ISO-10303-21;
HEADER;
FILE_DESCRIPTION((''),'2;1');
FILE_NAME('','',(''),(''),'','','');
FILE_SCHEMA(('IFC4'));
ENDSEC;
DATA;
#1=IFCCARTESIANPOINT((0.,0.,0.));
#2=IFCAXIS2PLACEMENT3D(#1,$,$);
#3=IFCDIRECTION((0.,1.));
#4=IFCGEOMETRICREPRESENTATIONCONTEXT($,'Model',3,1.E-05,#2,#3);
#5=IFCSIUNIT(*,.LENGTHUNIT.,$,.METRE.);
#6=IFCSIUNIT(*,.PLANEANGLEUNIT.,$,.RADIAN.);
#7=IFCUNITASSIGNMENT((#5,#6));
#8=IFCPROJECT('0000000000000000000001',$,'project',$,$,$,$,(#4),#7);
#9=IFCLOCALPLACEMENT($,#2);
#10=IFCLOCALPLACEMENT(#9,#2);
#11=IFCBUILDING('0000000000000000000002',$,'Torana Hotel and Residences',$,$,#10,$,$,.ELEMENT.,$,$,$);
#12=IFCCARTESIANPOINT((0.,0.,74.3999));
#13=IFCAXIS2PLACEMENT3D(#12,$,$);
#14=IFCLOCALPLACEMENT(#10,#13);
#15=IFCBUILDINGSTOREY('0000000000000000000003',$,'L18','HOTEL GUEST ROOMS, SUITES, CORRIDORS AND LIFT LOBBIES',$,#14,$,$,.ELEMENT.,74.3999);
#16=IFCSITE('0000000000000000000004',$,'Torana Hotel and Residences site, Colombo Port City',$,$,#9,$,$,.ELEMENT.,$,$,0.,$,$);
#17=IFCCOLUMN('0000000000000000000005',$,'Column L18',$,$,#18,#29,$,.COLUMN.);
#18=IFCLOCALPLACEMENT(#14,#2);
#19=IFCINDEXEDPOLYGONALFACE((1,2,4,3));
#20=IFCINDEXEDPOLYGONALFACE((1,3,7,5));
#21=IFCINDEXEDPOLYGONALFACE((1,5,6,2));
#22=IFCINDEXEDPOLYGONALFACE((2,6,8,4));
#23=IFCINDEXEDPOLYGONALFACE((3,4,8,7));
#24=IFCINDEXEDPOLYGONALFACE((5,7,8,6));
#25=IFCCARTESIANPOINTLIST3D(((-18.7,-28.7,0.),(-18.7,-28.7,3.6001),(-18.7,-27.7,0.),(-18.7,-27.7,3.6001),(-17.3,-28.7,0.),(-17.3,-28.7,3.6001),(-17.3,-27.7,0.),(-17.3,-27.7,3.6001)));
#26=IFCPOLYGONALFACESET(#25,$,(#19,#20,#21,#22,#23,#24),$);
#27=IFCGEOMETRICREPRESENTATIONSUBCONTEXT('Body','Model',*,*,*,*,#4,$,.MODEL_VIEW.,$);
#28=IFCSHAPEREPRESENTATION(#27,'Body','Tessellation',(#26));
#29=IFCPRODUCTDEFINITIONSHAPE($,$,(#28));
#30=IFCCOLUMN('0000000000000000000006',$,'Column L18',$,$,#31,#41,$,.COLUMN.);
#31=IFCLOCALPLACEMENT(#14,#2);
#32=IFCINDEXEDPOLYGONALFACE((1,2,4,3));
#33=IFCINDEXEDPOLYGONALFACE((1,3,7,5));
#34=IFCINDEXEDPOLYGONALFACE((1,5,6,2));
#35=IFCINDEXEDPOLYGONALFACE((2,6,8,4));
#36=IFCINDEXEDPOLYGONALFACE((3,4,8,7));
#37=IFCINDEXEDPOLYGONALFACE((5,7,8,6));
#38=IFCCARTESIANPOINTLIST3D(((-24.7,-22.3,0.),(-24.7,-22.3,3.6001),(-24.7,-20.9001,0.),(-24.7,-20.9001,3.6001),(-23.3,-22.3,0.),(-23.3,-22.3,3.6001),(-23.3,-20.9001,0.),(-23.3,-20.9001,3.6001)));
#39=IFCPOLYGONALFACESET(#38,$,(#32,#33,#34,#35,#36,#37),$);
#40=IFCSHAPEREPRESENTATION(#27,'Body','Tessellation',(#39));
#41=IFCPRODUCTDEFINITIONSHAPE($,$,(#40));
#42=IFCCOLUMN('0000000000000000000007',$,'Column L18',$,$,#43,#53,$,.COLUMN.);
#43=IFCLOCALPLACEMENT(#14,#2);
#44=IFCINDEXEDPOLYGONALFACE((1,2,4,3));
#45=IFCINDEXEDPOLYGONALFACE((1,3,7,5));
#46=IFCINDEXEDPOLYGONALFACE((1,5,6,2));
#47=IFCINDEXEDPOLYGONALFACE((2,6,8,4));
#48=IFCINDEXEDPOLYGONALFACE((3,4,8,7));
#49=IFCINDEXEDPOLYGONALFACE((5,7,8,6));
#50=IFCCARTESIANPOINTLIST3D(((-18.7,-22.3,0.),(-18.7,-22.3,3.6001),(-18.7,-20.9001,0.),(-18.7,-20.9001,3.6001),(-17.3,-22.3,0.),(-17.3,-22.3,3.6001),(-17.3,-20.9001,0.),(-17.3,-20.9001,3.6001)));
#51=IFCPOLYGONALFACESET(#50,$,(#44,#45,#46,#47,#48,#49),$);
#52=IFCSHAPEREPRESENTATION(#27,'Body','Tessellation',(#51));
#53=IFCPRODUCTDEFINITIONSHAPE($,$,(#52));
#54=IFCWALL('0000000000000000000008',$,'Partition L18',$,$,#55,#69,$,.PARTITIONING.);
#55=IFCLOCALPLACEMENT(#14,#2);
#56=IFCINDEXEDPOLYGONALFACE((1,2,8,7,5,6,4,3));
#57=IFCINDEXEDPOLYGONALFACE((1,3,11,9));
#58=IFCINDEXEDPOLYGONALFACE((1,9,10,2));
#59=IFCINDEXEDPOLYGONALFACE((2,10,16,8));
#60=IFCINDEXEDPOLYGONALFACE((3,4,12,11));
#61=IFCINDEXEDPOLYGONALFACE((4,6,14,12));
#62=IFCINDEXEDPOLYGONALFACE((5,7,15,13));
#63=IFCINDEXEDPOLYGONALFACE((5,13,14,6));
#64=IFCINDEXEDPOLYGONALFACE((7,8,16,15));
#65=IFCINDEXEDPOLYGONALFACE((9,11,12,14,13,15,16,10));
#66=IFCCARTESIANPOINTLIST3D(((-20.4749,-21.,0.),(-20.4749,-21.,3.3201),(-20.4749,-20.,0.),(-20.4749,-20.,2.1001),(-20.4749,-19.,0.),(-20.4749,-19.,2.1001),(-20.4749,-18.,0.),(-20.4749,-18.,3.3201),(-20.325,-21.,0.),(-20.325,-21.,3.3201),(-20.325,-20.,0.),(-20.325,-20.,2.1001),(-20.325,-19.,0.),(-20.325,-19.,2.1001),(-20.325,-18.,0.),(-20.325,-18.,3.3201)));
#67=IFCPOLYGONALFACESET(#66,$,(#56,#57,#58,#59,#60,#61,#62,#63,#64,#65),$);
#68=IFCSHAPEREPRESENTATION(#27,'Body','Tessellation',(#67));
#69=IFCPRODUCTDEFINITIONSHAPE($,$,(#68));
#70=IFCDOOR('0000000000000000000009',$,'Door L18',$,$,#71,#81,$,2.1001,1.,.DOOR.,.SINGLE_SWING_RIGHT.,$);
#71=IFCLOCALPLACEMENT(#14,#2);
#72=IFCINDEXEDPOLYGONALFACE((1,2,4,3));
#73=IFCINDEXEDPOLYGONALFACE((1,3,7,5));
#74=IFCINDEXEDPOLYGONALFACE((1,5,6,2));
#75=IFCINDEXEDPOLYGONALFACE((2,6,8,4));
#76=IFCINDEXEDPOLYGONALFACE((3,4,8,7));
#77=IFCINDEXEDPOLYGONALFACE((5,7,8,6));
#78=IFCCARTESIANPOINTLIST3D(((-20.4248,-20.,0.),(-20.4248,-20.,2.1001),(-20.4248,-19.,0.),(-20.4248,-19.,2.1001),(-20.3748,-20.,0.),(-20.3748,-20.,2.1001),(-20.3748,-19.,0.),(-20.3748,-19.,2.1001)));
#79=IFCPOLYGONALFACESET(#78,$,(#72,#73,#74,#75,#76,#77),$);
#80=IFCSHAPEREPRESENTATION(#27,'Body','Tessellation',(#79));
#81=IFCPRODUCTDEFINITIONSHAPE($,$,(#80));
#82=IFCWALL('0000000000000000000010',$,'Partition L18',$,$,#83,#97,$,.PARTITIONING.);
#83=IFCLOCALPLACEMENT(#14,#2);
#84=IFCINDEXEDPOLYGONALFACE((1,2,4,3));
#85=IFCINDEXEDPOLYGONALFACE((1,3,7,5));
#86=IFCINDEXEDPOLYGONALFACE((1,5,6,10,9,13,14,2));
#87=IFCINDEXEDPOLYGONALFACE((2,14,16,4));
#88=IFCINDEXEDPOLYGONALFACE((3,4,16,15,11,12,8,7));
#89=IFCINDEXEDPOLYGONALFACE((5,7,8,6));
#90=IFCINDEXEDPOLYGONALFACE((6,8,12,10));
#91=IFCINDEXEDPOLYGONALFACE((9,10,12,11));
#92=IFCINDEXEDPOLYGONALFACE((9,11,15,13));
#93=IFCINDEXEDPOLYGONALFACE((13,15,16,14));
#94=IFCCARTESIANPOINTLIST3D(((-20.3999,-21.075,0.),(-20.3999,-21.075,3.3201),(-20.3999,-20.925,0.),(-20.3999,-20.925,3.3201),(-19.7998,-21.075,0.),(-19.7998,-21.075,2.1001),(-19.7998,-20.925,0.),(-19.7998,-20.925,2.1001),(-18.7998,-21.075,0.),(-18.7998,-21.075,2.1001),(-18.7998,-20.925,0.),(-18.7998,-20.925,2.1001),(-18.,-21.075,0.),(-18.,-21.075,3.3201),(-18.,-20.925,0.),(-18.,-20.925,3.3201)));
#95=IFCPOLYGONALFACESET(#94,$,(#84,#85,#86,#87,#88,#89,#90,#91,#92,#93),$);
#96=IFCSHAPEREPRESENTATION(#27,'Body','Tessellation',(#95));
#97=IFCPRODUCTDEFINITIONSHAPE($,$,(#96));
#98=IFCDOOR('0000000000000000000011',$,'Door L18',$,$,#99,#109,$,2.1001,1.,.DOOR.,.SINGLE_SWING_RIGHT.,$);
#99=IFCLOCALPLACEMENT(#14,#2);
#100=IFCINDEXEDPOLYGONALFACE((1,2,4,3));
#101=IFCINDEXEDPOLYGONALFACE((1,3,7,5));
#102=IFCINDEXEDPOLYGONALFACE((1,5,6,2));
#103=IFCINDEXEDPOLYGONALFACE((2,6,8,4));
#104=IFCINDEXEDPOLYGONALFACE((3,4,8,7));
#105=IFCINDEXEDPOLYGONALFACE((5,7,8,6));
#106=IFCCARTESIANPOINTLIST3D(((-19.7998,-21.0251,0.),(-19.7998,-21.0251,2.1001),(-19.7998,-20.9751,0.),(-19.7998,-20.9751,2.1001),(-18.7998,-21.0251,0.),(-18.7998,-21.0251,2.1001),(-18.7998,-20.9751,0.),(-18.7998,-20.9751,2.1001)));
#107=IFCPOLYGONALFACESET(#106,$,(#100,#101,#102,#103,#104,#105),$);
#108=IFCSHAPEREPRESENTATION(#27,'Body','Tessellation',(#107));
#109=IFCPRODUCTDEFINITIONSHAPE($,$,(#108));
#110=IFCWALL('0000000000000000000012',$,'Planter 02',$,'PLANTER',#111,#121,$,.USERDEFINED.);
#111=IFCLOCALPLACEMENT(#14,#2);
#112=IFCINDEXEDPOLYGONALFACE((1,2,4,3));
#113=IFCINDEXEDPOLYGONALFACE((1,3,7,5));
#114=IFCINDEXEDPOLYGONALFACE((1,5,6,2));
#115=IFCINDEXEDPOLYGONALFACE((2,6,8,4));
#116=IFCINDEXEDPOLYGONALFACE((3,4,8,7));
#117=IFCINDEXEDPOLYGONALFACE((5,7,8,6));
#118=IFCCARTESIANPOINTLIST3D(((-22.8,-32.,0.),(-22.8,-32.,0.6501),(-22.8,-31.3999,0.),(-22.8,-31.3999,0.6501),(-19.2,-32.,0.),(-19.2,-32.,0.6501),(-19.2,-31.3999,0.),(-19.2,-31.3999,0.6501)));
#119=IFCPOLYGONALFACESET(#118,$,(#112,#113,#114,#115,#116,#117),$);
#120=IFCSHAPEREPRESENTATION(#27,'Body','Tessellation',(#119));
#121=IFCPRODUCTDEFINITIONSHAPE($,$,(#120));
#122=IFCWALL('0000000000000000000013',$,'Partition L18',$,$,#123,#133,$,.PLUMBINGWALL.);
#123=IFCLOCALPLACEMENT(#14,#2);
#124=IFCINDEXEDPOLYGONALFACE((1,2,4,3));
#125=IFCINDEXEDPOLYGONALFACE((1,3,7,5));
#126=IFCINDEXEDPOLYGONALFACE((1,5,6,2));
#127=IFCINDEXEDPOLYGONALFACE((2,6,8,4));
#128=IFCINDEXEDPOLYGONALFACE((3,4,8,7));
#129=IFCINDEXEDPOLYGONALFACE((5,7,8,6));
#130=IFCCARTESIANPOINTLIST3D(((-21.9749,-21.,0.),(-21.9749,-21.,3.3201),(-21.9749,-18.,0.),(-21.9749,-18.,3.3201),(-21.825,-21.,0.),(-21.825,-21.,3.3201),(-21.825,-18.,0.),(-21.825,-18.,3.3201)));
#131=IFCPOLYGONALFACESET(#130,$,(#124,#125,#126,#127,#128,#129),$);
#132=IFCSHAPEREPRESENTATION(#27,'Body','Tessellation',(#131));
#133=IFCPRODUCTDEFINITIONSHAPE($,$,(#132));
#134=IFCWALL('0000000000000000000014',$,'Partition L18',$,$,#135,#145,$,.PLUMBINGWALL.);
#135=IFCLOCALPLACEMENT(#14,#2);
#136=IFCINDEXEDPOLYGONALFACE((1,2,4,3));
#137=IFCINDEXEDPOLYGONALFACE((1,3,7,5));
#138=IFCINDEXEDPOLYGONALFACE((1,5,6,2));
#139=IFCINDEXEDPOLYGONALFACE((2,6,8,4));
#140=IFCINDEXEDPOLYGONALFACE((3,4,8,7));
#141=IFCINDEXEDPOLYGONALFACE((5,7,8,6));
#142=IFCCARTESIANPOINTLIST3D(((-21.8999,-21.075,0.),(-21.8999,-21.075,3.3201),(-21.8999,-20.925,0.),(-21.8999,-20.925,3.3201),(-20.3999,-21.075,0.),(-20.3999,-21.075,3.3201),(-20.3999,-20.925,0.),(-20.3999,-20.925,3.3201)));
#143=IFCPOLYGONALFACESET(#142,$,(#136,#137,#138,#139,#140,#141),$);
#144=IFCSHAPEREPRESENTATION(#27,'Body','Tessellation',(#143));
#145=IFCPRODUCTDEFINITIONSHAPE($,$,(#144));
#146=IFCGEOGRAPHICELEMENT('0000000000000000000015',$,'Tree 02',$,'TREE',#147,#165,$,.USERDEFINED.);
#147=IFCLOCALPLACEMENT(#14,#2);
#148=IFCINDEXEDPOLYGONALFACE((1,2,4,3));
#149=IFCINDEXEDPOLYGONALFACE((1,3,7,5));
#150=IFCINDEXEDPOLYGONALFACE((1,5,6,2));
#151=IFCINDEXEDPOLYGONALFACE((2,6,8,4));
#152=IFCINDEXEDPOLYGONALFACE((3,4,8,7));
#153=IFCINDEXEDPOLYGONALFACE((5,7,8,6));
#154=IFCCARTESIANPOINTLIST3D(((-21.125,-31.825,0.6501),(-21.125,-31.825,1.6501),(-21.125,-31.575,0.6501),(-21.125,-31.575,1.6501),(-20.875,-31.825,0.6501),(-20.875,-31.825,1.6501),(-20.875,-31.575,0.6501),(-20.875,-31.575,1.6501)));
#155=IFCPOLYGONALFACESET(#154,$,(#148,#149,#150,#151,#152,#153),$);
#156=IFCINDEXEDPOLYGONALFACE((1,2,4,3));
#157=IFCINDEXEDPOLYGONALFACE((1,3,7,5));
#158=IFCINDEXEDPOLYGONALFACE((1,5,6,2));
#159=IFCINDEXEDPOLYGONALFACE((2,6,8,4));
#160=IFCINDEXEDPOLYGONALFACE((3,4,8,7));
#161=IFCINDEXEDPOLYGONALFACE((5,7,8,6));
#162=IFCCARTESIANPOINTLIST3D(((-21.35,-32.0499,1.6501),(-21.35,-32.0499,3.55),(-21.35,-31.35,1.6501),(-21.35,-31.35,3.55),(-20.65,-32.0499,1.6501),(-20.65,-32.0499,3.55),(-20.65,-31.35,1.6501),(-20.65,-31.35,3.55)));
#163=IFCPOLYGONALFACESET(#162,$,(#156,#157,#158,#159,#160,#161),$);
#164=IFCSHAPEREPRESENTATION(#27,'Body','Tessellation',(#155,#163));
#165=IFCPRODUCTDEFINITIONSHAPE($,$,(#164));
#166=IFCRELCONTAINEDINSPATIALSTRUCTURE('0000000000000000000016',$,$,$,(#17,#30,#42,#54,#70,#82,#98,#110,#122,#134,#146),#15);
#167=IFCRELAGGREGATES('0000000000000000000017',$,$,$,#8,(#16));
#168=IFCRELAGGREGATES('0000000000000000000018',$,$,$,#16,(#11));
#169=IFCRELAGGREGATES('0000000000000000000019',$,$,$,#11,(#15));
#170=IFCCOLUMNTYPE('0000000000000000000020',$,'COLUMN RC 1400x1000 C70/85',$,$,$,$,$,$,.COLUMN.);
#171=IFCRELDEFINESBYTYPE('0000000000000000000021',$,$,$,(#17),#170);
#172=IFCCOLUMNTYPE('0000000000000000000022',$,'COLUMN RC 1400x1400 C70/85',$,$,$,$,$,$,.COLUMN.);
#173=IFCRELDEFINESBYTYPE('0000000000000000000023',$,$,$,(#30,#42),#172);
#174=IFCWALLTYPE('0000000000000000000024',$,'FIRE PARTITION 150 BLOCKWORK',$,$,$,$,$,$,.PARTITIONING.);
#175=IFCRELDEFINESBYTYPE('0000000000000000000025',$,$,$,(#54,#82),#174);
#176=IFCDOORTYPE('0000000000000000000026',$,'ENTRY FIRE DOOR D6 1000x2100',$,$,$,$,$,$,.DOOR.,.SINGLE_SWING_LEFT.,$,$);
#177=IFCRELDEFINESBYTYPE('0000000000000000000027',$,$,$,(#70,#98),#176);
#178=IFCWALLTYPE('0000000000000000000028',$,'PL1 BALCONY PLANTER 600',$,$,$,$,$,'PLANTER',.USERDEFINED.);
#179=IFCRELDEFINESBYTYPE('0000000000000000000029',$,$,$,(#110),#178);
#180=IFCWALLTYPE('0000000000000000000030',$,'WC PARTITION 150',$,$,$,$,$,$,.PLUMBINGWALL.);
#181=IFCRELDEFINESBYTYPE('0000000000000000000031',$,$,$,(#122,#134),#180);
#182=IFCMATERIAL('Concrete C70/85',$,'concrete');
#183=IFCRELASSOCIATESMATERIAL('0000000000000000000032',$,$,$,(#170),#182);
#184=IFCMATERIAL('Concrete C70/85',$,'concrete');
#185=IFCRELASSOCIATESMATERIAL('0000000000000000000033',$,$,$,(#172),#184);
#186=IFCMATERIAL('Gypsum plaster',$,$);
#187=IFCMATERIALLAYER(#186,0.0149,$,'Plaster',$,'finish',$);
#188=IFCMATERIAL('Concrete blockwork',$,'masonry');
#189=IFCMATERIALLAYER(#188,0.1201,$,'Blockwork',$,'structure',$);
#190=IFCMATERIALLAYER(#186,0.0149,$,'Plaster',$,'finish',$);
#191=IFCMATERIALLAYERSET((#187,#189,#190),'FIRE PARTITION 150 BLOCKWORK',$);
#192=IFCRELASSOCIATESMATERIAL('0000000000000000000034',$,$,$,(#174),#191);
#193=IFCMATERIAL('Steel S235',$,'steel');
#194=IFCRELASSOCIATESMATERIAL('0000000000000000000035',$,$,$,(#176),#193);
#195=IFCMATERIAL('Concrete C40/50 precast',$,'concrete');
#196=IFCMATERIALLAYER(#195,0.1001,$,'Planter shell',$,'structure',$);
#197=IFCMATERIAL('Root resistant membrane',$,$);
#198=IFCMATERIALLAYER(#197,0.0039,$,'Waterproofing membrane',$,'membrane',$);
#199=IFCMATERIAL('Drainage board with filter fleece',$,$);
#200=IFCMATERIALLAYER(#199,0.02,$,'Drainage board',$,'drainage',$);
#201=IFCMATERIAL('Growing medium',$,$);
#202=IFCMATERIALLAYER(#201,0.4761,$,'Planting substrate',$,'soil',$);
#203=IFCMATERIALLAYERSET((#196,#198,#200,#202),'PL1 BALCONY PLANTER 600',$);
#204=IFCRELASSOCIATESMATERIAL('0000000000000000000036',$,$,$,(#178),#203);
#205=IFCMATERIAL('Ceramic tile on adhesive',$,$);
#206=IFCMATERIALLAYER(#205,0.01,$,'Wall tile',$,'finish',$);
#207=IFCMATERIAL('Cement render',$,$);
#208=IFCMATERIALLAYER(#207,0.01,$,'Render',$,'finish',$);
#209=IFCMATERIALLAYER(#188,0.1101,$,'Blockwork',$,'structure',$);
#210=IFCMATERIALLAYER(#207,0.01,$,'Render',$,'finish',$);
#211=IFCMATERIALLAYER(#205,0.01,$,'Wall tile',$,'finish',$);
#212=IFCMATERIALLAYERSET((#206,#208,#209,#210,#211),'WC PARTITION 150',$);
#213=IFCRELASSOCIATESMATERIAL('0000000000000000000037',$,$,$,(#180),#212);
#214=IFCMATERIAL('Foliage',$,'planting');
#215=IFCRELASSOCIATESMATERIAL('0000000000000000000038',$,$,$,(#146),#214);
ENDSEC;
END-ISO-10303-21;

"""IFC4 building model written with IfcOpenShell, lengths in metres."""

from ifc_helpers import new_model, si_unit, direction, frame, frame_2d, origin, origin_2d, place, context, subcontext, project, spatial, rectangle, extrude, material, layer, layer_set, material_profile, profile_set, type_object, element, fill, save


model = new_model("IFC4")

# Units and contexts
model_context = context("Model", 3, precision=1e-05, world=origin(), true_north=direction((0.0, 1.0)))
body_context = subcontext(model_context, "Body", "Model", "MODEL_VIEW")
ifc_project = project(units=[si_unit("LENGTHUNIT", "METRE"), si_unit("PLANEANGLEUNIT", "RADIAN")], contexts=[model_context])

# Site, building, storey
site_placement = place(None, origin())
site = spatial("IfcSite", under=ifc_project, at=site_placement, Name="Torana Hotel and Residences site, Colombo Port City", CompositionType="ELEMENT", RefElevation=0.0)
building_placement = place(site_placement, origin())
building = spatial("IfcBuilding", under=site, at=building_placement, Name="Torana Hotel and Residences", CompositionType="ELEMENT")
storey_placement = place(building_placement, frame((0.0, 0.0, 74.3999)))
storey = spatial("IfcBuildingStorey", under=building, at=storey_placement, Name="L18", Description="HOTEL GUEST ROOMS, SUITES, CORRIDORS AND LIFT LOBBIES", CompositionType="ELEMENT", Elevation=74.3999)

# Columns
ifc_material_1 = material(Name="Concrete C70/85", Category="concrete")
ifc_material_profile_1 = material_profile(ifc_material_1, rectangle(XDim=1.3999, YDim=1.0, at=origin_2d()), Name="RC 1400x1000")
ifc_profile_set_1 = profile_set([ifc_material_profile_1], Name="Concrete C70/85")
column_type_1 = type_object("IfcColumnType", Name="COLUMN RC 1400x1000 C70/85", PredefinedType="COLUMN", material=ifc_profile_set_1)
column_placement = place(storey_placement, frame((-18.0, -28.2, 0.0), z_axis=(0.0, 0.0, 1.0), x_axis=(1.0, 0.0, 0.0)))
element("IfcColumn", 1, at=column_placement, inside=storey, type_object=column_type_1, Name="Column L18", PredefinedType="COLUMN", context=body_context, shape_type="SweptSolid", body=[
    extrude(rectangle(XDim=1.3999, YDim=1.0, at=origin_2d()), origin(), (0.0, 0.0, 1.0), 3.6001),
])
ifc_material_2 = material(Name="Concrete C70/85", Category="concrete")
ifc_material_profile_2 = material_profile(ifc_material_2, rectangle(XDim=1.3999, YDim=1.3999, at=origin_2d()), Name="RC 1400x1400")
ifc_profile_set_2 = profile_set([ifc_material_profile_2], Name="Concrete C70/85")
column_type_2 = type_object("IfcColumnType", Name="COLUMN RC 1400x1400 C70/85", PredefinedType="COLUMN", material=ifc_profile_set_2)
for number, where, z_axis, x_axis, name in (
    (2, (-24.0, -21.6001, 0.0), (0.0, 0.0, 1.0), (1.0, 0.0, 0.0), "Column L18"),
    (3, (-18.0, -21.6001, 0.0), (0.0, 0.0, 1.0), (1.0, 0.0, 0.0), "Column L18"),
):
    element("IfcColumn", number, at=place(storey_placement, frame(where, z_axis=z_axis, x_axis=x_axis)), inside=storey, type_object=column_type_2, Name=name, PredefinedType="COLUMN", context=body_context, shape_type="SweptSolid", body=[
        extrude(rectangle(XDim=1.3999, YDim=1.3999, at=origin_2d()), origin(), (0.0, 0.0, 1.0), 3.6001),
    ])

# Walls, openings, doors
ifc_material_3 = material(Name="Gypsum plaster")
ifc_layer_1 = layer(ifc_material_3, 0.0149, Name="Plaster", Category="finish")
ifc_material_4 = material(Name="Concrete blockwork", Category="masonry")
ifc_layer_2 = layer(ifc_material_4, 0.1201, Name="Blockwork", Category="structure")
ifc_layer_3 = layer(ifc_material_3, 0.0149, Name="Plaster", Category="finish")
ifc_layer_set_1 = layer_set([ifc_layer_1, ifc_layer_2, ifc_layer_3], Name="FIRE PARTITION 150 BLOCKWORK")
wall_type_1 = type_object("IfcWallType", Name="FIRE PARTITION 150 BLOCKWORK", PredefinedType="PARTITIONING", material=ifc_layer_set_1)
wall_1_placement = place(storey_placement, frame((-20.3999, -21.0, 0.0), z_axis=(0.0, 0.0, 1.0), x_axis=(0.0, 1.0, 0.0)))
wall_1 = element("IfcWall", 4, at=wall_1_placement, inside=storey, type_object=wall_type_1, Name="Partition L18", PredefinedType="PARTITIONING", context=body_context, shape_type="SweptSolid", body=[
    extrude(rectangle(XDim=3.0, YDim=0.1499, at=frame_2d((1.5, 0.0))), origin(), (0.0, 0.0, 1.0), 3.3201),
])
opening_1_placement = place(wall_1_placement, frame((1.0, 0.0, 0.0)))
opening_1 = element("IfcOpeningElement", 5, at=opening_1_placement, cuts=wall_1, PredefinedType="OPENING", context=body_context, shape_type="SweptSolid", body=[
    extrude(rectangle(XDim=1.0, YDim=2.1001, at=frame_2d((0.5, 1.05))), frame((0.0, 0.085, 0.0), z_axis=(0.0, -1.0, 0.0), x_axis=(1.0, 0.0, 0.0)), (0.0, 0.0, 1.0), 0.1699),
])
ifc_material_5 = material(Name="Steel S235", Category="steel")
door_type = type_object("IfcDoorType", Name="ENTRY FIRE DOOR D6 1000x2100", OperationType="SINGLE_SWING_LEFT", PredefinedType="DOOR", material=ifc_material_5)
door_1_placement = place(opening_1_placement, origin())
door_1 = element("IfcDoor", 6, at=door_1_placement, inside=storey, type_object=door_type, Name="Door L18", OperationType="SINGLE_SWING_RIGHT", OverallHeight=2.1001, OverallWidth=1.0, PredefinedType="DOOR", context=body_context, shape_type="SweptSolid", body=[
    extrude(rectangle(XDim=1.0, YDim=2.1001, at=frame_2d((0.5, 1.05))), frame((0.0, 0.0249, 0.0), z_axis=(0.0, -1.0, 0.0), x_axis=(1.0, 0.0, 0.0)), (0.0, 0.0, 1.0), 0.05),
])
fill(opening_1, door_1)
wall_2_placement = place(storey_placement, frame((-20.3999, -21.0, 0.0), z_axis=(0.0, 0.0, 1.0), x_axis=(1.0, 0.0, 0.0)))
wall_2 = element("IfcWall", 7, at=wall_2_placement, inside=storey, type_object=wall_type_1, Name="Partition L18", PredefinedType="PARTITIONING", context=body_context, shape_type="SweptSolid", body=[
    extrude(rectangle(XDim=2.3999, YDim=0.1499, at=frame_2d((1.2, 0.0))), origin(), (0.0, 0.0, 1.0), 3.3201),
])
opening_2_placement = place(wall_2_placement, frame((0.6001, 0.0, 0.0)))
opening_2 = element("IfcOpeningElement", 8, at=opening_2_placement, cuts=wall_2, PredefinedType="OPENING", context=body_context, shape_type="SweptSolid", body=[
    extrude(rectangle(XDim=1.0, YDim=2.1001, at=frame_2d((0.5, 1.05))), frame((0.0, 0.085, 0.0), z_axis=(0.0, -1.0, 0.0), x_axis=(1.0, 0.0, 0.0)), (0.0, 0.0, 1.0), 0.1699),
])
door_2_placement = place(opening_2_placement, frame((0.5, 0.0, 0.0), z_axis=(0.0, 0.0, 1.0), x_axis=(-1.0, 0.0, 0.0)))
door_2 = element("IfcDoor", 9, at=door_2_placement, inside=storey, type_object=door_type, Name="Door L18", OperationType="SINGLE_SWING_RIGHT", OverallHeight=2.1001, OverallWidth=1.0, PredefinedType="DOOR", context=body_context, shape_type="SweptSolid", body=[
    extrude(rectangle(XDim=1.0, YDim=2.1001, at=frame_2d((0.0, 1.05))), frame((0.0, -0.0249, 0.0), z_axis=(0.0, 1.0, 0.0), x_axis=(-1.0, 0.0, 0.0)), (0.0, 0.0, 1.0), 0.05),
])
fill(opening_2, door_2)

# Walls
ifc_material_6 = material(Name="Concrete C40/50 precast", Category="concrete")
ifc_layer_4 = layer(ifc_material_6, 0.1001, Name="Planter shell", Category="structure")
ifc_material_7 = material(Name="Root resistant membrane")
ifc_layer_5 = layer(ifc_material_7, 0.0039, Name="Waterproofing membrane", Category="membrane")
ifc_material_8 = material(Name="Drainage board with filter fleece")
ifc_layer_6 = layer(ifc_material_8, 0.02, Name="Drainage board", Category="drainage")
ifc_material_9 = material(Name="Growing medium")
ifc_layer_7 = layer(ifc_material_9, 0.4761, Name="Planting substrate", Category="soil")
ifc_layer_set_2 = layer_set([ifc_layer_4, ifc_layer_5, ifc_layer_6, ifc_layer_7], Name="PL1 BALCONY PLANTER 600")
wall_type_2 = type_object("IfcWallType", Name="PL1 BALCONY PLANTER 600", ElementType="PLANTER", PredefinedType="USERDEFINED", material=ifc_layer_set_2)
wall_3_placement = place(storey_placement, frame((-19.2, -31.7, 0.0), z_axis=(0.0, 0.0, 1.0), x_axis=(-1.0, 0.0, 0.0)))
element("IfcWall", 10, at=wall_3_placement, inside=storey, type_object=wall_type_2, Name="Planter 02", ObjectType="PLANTER", PredefinedType="USERDEFINED", context=body_context, shape_type="SweptSolid", body=[
    extrude(rectangle(XDim=3.6001, YDim=0.6001, at=frame_2d((1.8, 0.0))), origin(), (0.0, 0.0, 1.0), 0.6501),
])
ifc_material_10 = material(Name="Ceramic tile on adhesive")
ifc_layer_8 = layer(ifc_material_10, 0.01, Name="Wall tile", Category="finish")
ifc_material_11 = material(Name="Cement render")
ifc_layer_9 = layer(ifc_material_11, 0.01, Name="Render", Category="finish")
ifc_layer_10 = layer(ifc_material_4, 0.1101, Name="Blockwork", Category="structure")
ifc_layer_11 = layer(ifc_material_11, 0.01, Name="Render", Category="finish")
ifc_layer_12 = layer(ifc_material_10, 0.01, Name="Wall tile", Category="finish")
ifc_layer_set_3 = layer_set([ifc_layer_8, ifc_layer_9, ifc_layer_10, ifc_layer_11, ifc_layer_12], Name="WC PARTITION 150")
wall_type_3 = type_object("IfcWallType", Name="WC PARTITION 150", PredefinedType="PLUMBINGWALL", material=ifc_layer_set_3)
wall_4_placement = place(storey_placement, frame((-21.8999, -21.0, 0.0), z_axis=(0.0, 0.0, 1.0), x_axis=(0.0, 1.0, 0.0)))
element("IfcWall", 11, at=wall_4_placement, inside=storey, type_object=wall_type_3, Name="Partition L18", PredefinedType="PLUMBINGWALL", context=body_context, shape_type="SweptSolid", body=[
    extrude(rectangle(XDim=3.0, YDim=0.1499, at=frame_2d((1.5, 0.0))), origin(), (0.0, 0.0, 1.0), 3.3201),
])
wall_5_placement = place(storey_placement, frame((-21.8999, -21.0, 0.0), z_axis=(0.0, 0.0, 1.0), x_axis=(1.0, 0.0, 0.0)))
element("IfcWall", 12, at=wall_5_placement, inside=storey, type_object=wall_type_3, Name="Partition L18", PredefinedType="PLUMBINGWALL", context=body_context, shape_type="SweptSolid", body=[
    extrude(rectangle(XDim=1.5, YDim=0.1499, at=frame_2d((0.75, 0.0))), origin(), (0.0, 0.0, 1.0), 3.3201),
])

# Geographic element
ifc_material_12 = material(Name="Foliage", Category="planting")
geographic_element_placement = place(storey_placement, frame((-21.0, -31.7, 0.6501), z_axis=(0.0, 0.0, 1.0), x_axis=(1.0, 0.0, 0.0)))
element("IfcGeographicElement", 13, at=geographic_element_placement, inside=storey, material=ifc_material_12, Name="Tree 02", ObjectType="TREE", PredefinedType="USERDEFINED", context=body_context, shape_type="SweptSolid", body=[
    extrude(rectangle(XDim=0.25, YDim=0.25, at=origin_2d()), origin(), (0.0, 0.0, 1.0), 1.0),
    extrude(rectangle(XDim=0.7, YDim=0.7, at=origin_2d()), frame((0.0, 0.0, 1.0)), (0.0, 0.0, 1.0), 1.8999),
])

save(model, "model.ifc")
